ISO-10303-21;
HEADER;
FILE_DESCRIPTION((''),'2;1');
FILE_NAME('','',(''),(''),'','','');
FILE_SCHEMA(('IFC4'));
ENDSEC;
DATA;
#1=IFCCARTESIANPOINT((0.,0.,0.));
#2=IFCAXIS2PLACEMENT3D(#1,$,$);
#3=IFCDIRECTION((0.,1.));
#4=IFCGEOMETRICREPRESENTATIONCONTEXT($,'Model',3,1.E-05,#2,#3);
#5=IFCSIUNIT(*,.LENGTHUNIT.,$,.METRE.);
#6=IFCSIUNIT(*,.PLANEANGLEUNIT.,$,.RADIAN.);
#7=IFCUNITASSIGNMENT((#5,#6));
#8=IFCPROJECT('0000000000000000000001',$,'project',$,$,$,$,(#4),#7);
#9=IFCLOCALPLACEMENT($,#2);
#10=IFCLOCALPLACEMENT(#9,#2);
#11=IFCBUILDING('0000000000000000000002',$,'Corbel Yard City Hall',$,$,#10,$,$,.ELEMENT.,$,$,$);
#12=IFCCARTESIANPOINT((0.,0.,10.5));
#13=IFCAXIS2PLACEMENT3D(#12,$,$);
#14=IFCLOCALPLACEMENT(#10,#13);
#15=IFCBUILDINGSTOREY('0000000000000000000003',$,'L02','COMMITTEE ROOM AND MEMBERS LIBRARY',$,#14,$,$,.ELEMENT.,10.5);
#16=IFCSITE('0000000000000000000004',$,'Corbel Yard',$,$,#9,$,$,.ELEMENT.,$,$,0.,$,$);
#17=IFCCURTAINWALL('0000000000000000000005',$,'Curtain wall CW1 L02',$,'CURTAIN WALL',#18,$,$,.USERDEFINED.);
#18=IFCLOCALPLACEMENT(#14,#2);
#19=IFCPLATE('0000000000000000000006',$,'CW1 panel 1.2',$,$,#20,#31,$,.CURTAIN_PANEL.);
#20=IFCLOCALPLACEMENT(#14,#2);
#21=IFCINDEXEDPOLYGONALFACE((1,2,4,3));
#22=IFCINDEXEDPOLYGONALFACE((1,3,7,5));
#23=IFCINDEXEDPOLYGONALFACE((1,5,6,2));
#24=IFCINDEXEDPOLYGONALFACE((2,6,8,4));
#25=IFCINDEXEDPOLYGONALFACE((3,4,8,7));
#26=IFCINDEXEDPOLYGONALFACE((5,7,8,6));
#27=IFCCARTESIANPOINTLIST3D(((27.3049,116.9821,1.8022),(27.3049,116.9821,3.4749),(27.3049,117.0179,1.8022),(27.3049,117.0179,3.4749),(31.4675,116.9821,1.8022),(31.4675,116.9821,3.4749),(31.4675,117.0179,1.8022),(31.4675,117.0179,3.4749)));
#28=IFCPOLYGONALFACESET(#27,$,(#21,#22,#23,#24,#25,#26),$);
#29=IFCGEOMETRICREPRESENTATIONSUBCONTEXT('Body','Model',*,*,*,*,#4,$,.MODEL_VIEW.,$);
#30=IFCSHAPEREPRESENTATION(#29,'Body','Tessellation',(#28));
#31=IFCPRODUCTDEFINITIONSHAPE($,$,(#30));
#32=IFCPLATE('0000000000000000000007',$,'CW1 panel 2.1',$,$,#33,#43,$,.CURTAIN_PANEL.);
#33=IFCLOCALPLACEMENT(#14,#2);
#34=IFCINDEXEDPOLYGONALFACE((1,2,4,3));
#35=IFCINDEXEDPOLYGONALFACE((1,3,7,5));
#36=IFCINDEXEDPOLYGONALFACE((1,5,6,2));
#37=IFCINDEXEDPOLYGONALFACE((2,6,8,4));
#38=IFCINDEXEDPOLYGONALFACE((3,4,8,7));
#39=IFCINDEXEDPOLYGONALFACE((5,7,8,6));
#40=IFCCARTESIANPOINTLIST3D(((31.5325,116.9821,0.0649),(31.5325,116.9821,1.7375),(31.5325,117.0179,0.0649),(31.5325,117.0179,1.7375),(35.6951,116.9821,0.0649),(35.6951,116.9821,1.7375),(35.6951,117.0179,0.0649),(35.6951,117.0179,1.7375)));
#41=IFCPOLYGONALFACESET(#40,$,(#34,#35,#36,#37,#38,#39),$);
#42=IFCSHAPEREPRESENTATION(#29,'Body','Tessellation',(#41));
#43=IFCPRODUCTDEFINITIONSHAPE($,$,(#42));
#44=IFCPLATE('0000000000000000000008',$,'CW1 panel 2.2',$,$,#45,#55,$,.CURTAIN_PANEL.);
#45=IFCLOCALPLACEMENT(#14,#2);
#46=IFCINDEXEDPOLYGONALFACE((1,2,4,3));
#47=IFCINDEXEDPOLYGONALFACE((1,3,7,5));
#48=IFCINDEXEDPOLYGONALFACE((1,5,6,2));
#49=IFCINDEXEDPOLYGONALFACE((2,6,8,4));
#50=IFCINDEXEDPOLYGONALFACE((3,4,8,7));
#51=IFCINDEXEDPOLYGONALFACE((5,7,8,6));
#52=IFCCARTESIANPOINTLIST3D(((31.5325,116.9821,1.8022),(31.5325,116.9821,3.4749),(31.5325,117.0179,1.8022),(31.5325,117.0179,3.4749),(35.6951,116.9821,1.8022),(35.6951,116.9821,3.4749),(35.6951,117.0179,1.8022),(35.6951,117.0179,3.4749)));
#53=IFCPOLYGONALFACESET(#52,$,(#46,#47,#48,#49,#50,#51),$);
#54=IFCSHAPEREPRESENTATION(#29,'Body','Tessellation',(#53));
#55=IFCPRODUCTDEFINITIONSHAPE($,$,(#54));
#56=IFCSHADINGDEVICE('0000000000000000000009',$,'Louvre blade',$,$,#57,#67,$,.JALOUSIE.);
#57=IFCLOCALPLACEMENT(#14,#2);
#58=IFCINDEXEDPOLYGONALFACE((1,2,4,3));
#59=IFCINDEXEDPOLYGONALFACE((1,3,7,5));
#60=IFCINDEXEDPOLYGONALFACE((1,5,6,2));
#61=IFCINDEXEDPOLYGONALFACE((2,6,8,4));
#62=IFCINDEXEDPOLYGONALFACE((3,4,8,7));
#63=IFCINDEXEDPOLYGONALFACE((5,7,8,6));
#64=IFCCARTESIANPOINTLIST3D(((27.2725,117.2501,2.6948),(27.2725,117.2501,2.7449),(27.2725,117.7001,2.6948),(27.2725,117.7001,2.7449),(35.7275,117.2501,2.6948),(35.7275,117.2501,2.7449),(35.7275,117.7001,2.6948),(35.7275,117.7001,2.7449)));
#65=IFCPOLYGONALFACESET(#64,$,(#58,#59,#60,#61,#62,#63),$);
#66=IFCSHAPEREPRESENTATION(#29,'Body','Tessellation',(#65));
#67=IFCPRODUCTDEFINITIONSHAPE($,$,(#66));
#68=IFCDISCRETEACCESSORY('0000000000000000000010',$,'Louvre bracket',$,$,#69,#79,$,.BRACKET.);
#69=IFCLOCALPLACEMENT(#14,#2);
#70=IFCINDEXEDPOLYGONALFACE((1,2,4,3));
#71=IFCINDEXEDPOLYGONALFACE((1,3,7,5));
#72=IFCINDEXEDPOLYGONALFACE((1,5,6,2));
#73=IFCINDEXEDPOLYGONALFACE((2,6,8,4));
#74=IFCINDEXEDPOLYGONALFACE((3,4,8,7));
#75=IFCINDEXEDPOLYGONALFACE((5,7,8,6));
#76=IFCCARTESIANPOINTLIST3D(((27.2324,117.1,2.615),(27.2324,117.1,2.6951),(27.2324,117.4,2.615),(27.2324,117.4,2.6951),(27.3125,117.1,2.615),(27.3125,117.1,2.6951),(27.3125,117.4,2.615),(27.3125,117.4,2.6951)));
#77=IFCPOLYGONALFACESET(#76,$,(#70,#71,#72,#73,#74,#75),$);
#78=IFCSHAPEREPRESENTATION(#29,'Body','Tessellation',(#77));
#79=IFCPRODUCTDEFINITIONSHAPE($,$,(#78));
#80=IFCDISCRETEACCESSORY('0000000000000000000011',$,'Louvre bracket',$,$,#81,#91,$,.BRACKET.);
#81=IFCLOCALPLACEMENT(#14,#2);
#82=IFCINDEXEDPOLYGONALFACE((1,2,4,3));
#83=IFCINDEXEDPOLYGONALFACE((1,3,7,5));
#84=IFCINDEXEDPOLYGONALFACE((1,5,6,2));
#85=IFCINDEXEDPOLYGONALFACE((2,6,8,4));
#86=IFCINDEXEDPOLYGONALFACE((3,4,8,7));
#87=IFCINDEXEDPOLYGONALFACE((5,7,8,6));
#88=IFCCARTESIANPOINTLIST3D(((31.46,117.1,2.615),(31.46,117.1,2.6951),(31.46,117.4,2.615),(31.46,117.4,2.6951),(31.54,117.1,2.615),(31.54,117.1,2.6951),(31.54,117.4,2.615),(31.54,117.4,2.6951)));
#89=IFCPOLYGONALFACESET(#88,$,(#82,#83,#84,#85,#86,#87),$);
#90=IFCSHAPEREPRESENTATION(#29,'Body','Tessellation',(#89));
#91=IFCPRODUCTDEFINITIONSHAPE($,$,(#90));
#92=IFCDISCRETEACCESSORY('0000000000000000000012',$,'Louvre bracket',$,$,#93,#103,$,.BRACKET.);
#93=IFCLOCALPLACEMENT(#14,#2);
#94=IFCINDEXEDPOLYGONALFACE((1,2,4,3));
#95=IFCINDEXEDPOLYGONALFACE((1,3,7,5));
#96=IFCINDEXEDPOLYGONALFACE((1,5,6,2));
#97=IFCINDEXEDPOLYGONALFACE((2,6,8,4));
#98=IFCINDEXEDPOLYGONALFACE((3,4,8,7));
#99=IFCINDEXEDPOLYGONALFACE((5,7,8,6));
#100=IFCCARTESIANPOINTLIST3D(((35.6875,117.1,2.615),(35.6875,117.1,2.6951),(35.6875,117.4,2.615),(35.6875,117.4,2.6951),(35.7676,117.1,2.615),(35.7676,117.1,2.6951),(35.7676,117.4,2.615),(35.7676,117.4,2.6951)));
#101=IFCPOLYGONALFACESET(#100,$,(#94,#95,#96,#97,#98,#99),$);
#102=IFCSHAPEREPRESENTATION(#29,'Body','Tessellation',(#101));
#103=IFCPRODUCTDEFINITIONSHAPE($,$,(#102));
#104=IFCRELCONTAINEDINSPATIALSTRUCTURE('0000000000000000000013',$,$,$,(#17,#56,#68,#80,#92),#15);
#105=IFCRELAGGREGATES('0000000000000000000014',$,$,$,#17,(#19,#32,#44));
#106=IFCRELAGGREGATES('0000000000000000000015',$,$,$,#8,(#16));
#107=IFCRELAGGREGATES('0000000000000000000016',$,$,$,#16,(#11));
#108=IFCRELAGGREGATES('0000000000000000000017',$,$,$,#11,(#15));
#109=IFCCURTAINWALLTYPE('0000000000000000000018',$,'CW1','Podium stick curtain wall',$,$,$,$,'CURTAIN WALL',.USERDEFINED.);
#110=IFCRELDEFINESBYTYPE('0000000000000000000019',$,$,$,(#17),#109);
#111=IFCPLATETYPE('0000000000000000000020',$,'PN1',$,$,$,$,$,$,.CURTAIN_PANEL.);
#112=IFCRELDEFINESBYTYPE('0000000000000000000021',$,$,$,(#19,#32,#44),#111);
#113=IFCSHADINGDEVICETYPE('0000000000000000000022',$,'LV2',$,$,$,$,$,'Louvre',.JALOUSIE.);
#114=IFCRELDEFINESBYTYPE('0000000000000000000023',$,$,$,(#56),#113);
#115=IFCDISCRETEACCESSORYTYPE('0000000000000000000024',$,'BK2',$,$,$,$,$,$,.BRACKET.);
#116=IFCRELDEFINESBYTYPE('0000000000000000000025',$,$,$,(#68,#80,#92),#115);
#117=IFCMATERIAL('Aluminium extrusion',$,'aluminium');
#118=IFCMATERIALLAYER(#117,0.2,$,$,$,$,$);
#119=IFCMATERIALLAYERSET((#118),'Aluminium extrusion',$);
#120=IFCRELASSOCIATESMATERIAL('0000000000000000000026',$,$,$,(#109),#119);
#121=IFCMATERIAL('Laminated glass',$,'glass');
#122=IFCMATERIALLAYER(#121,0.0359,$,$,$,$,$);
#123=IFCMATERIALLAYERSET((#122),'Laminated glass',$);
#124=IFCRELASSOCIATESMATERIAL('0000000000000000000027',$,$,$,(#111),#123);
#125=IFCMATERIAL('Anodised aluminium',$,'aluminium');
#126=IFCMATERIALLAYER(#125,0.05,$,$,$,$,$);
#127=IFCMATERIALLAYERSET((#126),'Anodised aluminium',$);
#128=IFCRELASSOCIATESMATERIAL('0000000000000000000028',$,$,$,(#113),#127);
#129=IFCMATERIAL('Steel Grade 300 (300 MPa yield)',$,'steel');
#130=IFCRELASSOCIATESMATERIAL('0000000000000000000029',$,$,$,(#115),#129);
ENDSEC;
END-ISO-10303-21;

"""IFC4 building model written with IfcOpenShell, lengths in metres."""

from ifc_helpers import new_model, si_unit, direction, frame, origin, origin_2d, place, context, subcontext, project, spatial, rectangle, extrude, material, layer, layer_set, type_object, element, aggregate, save


model = new_model("IFC4")

# Units and contexts
model_context = context("Model", 3, precision=1e-05, world=origin(), true_north=direction((0.0, 1.0)))
body_context = subcontext(model_context, "Body", "Model", "MODEL_VIEW")
ifc_project = project(units=[si_unit("LENGTHUNIT", "METRE"), si_unit("PLANEANGLEUNIT", "RADIAN")], contexts=[model_context])

# Site, building, storey
site_placement = place(None, origin())
site = spatial("IfcSite", under=ifc_project, at=site_placement, Name="Corbel Yard", CompositionType="ELEMENT", RefElevation=0.0)
building_placement = place(site_placement, origin())
building = spatial("IfcBuilding", under=site, at=building_placement, Name="Corbel Yard City Hall", CompositionType="ELEMENT")
storey_placement = place(building_placement, frame((0.0, 0.0, 10.5)))
storey = spatial("IfcBuildingStorey", under=building, at=storey_placement, Name="L02", Description="COMMITTEE ROOM AND MEMBERS LIBRARY", CompositionType="ELEMENT", Elevation=10.5)

# Curtain wall
ifc_material_1 = material(Name="Aluminium extrusion", Category="aluminium")
ifc_layer_1 = layer(ifc_material_1, 0.2)
ifc_layer_set_1 = layer_set([ifc_layer_1], Name="Aluminium extrusion")
curtain_wall_type = type_object("IfcCurtainWallType", Name="CW1", Description="Podium stick curtain wall", ElementType="CURTAIN WALL", PredefinedType="USERDEFINED", material=ifc_layer_set_1)
curtain_wall_1_placement = place(storey_placement, origin())
curtain_wall_1 = element("IfcCurtainWall", 1, at=curtain_wall_1_placement, inside=storey, type_object=curtain_wall_type, Name="Curtain wall CW1 L02", ObjectType="CURTAIN WALL", PredefinedType="USERDEFINED")

# Plates
ifc_material_2 = material(Name="Laminated glass", Category="glass")
ifc_layer_2 = layer(ifc_material_2, 0.0359)
ifc_layer_set_2 = layer_set([ifc_layer_2], Name="Laminated glass")
plate_type = type_object("IfcPlateType", Name="PN1", PredefinedType="CURTAIN_PANEL", material=ifc_layer_set_2)
plate_1_placement = place(storey_placement, frame((29.3862, 117.0, 1.8022), z_axis=(0.0, 0.0, 1.0), x_axis=(1.0, 0.0, 0.0)))
plate_1 = element("IfcPlate", 2, at=plate_1_placement, type_object=plate_type, Name="CW1 panel 1.2", PredefinedType="CURTAIN_PANEL", context=body_context, shape_type="SweptSolid", body=[
    extrude(rectangle(XDim=4.1626, YDim=0.0359, at=origin_2d()), origin(), (0.0, 0.0, 1.0), 1.6726),
])
plate_2_placement = place(storey_placement, frame((33.6138, 117.0, 0.0649), z_axis=(0.0, 0.0, 1.0), x_axis=(1.0, 0.0, 0.0)))
plate_2 = element("IfcPlate", 3, at=plate_2_placement, type_object=plate_type, Name="CW1 panel 2.1", PredefinedType="CURTAIN_PANEL", context=body_context, shape_type="SweptSolid", body=[
    extrude(rectangle(XDim=4.1626, YDim=0.0359, at=origin_2d()), origin(), (0.0, 0.0, 1.0), 1.6726),
])
plate_3_placement = place(storey_placement, frame((33.6138, 117.0, 1.8022), z_axis=(0.0, 0.0, 1.0), x_axis=(1.0, 0.0, 0.0)))
plate_3 = element("IfcPlate", 4, at=plate_3_placement, type_object=plate_type, Name="CW1 panel 2.2", PredefinedType="CURTAIN_PANEL", context=body_context, shape_type="SweptSolid", body=[
    extrude(rectangle(XDim=4.1626, YDim=0.0359, at=origin_2d()), origin(), (0.0, 0.0, 1.0), 1.6726),
])
aggregate(curtain_wall_1, [plate_1, plate_2, plate_3])

# Shading device
ifc_material_3 = material(Name="Anodised aluminium", Category="aluminium")
ifc_layer_3 = layer(ifc_material_3, 0.05)
ifc_layer_set_3 = layer_set([ifc_layer_3], Name="Anodised aluminium")
shading_device_type = type_object("IfcShadingDeviceType", Name="LV2", ElementType="Louvre", PredefinedType="JALOUSIE", material=ifc_layer_set_3)
shading_device_placement = place(storey_placement, frame((31.5, 117.4751, 2.6948), z_axis=(0.0, 0.0, 1.0), x_axis=(1.0, 0.0, 0.0)))
element("IfcShadingDevice", 5, at=shading_device_placement, inside=storey, type_object=shading_device_type, Name="Louvre blade", PredefinedType="JALOUSIE", context=body_context, shape_type="SweptSolid", body=[
    extrude(rectangle(XDim=8.4551, YDim=0.45, at=origin_2d()), origin(), (0.0, 0.0, 1.0), 0.05),
])

# Discrete accessories
ifc_material_4 = material(Name="Steel Grade 300 (300 MPa yield)", Category="steel")
discrete_accessory_type = type_object("IfcDiscreteAccessoryType", Name="BK2", PredefinedType="BRACKET", material=ifc_material_4)
for number, where, z_axis, x_axis, name in (
    (6, (27.2725, 117.25, 2.615), (0.0, 0.0, 1.0), (1.0, 0.0, 0.0), "Louvre bracket"),
    (7, (31.5, 117.25, 2.615), (0.0, 0.0, 1.0), (1.0, 0.0, 0.0), "Louvre bracket"),
    (8, (35.7275, 117.25, 2.615), (0.0, 0.0, 1.0), (1.0, 0.0, 0.0), "Louvre bracket"),
):
    element("IfcDiscreteAccessory", number, at=place(storey_placement, frame(where, z_axis=z_axis, x_axis=x_axis)), inside=storey, type_object=discrete_accessory_type, Name=name, PredefinedType="BRACKET", context=body_context, shape_type="SweptSolid", body=[
        extrude(rectangle(XDim=0.0801, YDim=0.3, at=origin_2d()), origin(), (0.0, 0.0, 1.0), 0.0801),
    ])

save(model, "model.ifc")
